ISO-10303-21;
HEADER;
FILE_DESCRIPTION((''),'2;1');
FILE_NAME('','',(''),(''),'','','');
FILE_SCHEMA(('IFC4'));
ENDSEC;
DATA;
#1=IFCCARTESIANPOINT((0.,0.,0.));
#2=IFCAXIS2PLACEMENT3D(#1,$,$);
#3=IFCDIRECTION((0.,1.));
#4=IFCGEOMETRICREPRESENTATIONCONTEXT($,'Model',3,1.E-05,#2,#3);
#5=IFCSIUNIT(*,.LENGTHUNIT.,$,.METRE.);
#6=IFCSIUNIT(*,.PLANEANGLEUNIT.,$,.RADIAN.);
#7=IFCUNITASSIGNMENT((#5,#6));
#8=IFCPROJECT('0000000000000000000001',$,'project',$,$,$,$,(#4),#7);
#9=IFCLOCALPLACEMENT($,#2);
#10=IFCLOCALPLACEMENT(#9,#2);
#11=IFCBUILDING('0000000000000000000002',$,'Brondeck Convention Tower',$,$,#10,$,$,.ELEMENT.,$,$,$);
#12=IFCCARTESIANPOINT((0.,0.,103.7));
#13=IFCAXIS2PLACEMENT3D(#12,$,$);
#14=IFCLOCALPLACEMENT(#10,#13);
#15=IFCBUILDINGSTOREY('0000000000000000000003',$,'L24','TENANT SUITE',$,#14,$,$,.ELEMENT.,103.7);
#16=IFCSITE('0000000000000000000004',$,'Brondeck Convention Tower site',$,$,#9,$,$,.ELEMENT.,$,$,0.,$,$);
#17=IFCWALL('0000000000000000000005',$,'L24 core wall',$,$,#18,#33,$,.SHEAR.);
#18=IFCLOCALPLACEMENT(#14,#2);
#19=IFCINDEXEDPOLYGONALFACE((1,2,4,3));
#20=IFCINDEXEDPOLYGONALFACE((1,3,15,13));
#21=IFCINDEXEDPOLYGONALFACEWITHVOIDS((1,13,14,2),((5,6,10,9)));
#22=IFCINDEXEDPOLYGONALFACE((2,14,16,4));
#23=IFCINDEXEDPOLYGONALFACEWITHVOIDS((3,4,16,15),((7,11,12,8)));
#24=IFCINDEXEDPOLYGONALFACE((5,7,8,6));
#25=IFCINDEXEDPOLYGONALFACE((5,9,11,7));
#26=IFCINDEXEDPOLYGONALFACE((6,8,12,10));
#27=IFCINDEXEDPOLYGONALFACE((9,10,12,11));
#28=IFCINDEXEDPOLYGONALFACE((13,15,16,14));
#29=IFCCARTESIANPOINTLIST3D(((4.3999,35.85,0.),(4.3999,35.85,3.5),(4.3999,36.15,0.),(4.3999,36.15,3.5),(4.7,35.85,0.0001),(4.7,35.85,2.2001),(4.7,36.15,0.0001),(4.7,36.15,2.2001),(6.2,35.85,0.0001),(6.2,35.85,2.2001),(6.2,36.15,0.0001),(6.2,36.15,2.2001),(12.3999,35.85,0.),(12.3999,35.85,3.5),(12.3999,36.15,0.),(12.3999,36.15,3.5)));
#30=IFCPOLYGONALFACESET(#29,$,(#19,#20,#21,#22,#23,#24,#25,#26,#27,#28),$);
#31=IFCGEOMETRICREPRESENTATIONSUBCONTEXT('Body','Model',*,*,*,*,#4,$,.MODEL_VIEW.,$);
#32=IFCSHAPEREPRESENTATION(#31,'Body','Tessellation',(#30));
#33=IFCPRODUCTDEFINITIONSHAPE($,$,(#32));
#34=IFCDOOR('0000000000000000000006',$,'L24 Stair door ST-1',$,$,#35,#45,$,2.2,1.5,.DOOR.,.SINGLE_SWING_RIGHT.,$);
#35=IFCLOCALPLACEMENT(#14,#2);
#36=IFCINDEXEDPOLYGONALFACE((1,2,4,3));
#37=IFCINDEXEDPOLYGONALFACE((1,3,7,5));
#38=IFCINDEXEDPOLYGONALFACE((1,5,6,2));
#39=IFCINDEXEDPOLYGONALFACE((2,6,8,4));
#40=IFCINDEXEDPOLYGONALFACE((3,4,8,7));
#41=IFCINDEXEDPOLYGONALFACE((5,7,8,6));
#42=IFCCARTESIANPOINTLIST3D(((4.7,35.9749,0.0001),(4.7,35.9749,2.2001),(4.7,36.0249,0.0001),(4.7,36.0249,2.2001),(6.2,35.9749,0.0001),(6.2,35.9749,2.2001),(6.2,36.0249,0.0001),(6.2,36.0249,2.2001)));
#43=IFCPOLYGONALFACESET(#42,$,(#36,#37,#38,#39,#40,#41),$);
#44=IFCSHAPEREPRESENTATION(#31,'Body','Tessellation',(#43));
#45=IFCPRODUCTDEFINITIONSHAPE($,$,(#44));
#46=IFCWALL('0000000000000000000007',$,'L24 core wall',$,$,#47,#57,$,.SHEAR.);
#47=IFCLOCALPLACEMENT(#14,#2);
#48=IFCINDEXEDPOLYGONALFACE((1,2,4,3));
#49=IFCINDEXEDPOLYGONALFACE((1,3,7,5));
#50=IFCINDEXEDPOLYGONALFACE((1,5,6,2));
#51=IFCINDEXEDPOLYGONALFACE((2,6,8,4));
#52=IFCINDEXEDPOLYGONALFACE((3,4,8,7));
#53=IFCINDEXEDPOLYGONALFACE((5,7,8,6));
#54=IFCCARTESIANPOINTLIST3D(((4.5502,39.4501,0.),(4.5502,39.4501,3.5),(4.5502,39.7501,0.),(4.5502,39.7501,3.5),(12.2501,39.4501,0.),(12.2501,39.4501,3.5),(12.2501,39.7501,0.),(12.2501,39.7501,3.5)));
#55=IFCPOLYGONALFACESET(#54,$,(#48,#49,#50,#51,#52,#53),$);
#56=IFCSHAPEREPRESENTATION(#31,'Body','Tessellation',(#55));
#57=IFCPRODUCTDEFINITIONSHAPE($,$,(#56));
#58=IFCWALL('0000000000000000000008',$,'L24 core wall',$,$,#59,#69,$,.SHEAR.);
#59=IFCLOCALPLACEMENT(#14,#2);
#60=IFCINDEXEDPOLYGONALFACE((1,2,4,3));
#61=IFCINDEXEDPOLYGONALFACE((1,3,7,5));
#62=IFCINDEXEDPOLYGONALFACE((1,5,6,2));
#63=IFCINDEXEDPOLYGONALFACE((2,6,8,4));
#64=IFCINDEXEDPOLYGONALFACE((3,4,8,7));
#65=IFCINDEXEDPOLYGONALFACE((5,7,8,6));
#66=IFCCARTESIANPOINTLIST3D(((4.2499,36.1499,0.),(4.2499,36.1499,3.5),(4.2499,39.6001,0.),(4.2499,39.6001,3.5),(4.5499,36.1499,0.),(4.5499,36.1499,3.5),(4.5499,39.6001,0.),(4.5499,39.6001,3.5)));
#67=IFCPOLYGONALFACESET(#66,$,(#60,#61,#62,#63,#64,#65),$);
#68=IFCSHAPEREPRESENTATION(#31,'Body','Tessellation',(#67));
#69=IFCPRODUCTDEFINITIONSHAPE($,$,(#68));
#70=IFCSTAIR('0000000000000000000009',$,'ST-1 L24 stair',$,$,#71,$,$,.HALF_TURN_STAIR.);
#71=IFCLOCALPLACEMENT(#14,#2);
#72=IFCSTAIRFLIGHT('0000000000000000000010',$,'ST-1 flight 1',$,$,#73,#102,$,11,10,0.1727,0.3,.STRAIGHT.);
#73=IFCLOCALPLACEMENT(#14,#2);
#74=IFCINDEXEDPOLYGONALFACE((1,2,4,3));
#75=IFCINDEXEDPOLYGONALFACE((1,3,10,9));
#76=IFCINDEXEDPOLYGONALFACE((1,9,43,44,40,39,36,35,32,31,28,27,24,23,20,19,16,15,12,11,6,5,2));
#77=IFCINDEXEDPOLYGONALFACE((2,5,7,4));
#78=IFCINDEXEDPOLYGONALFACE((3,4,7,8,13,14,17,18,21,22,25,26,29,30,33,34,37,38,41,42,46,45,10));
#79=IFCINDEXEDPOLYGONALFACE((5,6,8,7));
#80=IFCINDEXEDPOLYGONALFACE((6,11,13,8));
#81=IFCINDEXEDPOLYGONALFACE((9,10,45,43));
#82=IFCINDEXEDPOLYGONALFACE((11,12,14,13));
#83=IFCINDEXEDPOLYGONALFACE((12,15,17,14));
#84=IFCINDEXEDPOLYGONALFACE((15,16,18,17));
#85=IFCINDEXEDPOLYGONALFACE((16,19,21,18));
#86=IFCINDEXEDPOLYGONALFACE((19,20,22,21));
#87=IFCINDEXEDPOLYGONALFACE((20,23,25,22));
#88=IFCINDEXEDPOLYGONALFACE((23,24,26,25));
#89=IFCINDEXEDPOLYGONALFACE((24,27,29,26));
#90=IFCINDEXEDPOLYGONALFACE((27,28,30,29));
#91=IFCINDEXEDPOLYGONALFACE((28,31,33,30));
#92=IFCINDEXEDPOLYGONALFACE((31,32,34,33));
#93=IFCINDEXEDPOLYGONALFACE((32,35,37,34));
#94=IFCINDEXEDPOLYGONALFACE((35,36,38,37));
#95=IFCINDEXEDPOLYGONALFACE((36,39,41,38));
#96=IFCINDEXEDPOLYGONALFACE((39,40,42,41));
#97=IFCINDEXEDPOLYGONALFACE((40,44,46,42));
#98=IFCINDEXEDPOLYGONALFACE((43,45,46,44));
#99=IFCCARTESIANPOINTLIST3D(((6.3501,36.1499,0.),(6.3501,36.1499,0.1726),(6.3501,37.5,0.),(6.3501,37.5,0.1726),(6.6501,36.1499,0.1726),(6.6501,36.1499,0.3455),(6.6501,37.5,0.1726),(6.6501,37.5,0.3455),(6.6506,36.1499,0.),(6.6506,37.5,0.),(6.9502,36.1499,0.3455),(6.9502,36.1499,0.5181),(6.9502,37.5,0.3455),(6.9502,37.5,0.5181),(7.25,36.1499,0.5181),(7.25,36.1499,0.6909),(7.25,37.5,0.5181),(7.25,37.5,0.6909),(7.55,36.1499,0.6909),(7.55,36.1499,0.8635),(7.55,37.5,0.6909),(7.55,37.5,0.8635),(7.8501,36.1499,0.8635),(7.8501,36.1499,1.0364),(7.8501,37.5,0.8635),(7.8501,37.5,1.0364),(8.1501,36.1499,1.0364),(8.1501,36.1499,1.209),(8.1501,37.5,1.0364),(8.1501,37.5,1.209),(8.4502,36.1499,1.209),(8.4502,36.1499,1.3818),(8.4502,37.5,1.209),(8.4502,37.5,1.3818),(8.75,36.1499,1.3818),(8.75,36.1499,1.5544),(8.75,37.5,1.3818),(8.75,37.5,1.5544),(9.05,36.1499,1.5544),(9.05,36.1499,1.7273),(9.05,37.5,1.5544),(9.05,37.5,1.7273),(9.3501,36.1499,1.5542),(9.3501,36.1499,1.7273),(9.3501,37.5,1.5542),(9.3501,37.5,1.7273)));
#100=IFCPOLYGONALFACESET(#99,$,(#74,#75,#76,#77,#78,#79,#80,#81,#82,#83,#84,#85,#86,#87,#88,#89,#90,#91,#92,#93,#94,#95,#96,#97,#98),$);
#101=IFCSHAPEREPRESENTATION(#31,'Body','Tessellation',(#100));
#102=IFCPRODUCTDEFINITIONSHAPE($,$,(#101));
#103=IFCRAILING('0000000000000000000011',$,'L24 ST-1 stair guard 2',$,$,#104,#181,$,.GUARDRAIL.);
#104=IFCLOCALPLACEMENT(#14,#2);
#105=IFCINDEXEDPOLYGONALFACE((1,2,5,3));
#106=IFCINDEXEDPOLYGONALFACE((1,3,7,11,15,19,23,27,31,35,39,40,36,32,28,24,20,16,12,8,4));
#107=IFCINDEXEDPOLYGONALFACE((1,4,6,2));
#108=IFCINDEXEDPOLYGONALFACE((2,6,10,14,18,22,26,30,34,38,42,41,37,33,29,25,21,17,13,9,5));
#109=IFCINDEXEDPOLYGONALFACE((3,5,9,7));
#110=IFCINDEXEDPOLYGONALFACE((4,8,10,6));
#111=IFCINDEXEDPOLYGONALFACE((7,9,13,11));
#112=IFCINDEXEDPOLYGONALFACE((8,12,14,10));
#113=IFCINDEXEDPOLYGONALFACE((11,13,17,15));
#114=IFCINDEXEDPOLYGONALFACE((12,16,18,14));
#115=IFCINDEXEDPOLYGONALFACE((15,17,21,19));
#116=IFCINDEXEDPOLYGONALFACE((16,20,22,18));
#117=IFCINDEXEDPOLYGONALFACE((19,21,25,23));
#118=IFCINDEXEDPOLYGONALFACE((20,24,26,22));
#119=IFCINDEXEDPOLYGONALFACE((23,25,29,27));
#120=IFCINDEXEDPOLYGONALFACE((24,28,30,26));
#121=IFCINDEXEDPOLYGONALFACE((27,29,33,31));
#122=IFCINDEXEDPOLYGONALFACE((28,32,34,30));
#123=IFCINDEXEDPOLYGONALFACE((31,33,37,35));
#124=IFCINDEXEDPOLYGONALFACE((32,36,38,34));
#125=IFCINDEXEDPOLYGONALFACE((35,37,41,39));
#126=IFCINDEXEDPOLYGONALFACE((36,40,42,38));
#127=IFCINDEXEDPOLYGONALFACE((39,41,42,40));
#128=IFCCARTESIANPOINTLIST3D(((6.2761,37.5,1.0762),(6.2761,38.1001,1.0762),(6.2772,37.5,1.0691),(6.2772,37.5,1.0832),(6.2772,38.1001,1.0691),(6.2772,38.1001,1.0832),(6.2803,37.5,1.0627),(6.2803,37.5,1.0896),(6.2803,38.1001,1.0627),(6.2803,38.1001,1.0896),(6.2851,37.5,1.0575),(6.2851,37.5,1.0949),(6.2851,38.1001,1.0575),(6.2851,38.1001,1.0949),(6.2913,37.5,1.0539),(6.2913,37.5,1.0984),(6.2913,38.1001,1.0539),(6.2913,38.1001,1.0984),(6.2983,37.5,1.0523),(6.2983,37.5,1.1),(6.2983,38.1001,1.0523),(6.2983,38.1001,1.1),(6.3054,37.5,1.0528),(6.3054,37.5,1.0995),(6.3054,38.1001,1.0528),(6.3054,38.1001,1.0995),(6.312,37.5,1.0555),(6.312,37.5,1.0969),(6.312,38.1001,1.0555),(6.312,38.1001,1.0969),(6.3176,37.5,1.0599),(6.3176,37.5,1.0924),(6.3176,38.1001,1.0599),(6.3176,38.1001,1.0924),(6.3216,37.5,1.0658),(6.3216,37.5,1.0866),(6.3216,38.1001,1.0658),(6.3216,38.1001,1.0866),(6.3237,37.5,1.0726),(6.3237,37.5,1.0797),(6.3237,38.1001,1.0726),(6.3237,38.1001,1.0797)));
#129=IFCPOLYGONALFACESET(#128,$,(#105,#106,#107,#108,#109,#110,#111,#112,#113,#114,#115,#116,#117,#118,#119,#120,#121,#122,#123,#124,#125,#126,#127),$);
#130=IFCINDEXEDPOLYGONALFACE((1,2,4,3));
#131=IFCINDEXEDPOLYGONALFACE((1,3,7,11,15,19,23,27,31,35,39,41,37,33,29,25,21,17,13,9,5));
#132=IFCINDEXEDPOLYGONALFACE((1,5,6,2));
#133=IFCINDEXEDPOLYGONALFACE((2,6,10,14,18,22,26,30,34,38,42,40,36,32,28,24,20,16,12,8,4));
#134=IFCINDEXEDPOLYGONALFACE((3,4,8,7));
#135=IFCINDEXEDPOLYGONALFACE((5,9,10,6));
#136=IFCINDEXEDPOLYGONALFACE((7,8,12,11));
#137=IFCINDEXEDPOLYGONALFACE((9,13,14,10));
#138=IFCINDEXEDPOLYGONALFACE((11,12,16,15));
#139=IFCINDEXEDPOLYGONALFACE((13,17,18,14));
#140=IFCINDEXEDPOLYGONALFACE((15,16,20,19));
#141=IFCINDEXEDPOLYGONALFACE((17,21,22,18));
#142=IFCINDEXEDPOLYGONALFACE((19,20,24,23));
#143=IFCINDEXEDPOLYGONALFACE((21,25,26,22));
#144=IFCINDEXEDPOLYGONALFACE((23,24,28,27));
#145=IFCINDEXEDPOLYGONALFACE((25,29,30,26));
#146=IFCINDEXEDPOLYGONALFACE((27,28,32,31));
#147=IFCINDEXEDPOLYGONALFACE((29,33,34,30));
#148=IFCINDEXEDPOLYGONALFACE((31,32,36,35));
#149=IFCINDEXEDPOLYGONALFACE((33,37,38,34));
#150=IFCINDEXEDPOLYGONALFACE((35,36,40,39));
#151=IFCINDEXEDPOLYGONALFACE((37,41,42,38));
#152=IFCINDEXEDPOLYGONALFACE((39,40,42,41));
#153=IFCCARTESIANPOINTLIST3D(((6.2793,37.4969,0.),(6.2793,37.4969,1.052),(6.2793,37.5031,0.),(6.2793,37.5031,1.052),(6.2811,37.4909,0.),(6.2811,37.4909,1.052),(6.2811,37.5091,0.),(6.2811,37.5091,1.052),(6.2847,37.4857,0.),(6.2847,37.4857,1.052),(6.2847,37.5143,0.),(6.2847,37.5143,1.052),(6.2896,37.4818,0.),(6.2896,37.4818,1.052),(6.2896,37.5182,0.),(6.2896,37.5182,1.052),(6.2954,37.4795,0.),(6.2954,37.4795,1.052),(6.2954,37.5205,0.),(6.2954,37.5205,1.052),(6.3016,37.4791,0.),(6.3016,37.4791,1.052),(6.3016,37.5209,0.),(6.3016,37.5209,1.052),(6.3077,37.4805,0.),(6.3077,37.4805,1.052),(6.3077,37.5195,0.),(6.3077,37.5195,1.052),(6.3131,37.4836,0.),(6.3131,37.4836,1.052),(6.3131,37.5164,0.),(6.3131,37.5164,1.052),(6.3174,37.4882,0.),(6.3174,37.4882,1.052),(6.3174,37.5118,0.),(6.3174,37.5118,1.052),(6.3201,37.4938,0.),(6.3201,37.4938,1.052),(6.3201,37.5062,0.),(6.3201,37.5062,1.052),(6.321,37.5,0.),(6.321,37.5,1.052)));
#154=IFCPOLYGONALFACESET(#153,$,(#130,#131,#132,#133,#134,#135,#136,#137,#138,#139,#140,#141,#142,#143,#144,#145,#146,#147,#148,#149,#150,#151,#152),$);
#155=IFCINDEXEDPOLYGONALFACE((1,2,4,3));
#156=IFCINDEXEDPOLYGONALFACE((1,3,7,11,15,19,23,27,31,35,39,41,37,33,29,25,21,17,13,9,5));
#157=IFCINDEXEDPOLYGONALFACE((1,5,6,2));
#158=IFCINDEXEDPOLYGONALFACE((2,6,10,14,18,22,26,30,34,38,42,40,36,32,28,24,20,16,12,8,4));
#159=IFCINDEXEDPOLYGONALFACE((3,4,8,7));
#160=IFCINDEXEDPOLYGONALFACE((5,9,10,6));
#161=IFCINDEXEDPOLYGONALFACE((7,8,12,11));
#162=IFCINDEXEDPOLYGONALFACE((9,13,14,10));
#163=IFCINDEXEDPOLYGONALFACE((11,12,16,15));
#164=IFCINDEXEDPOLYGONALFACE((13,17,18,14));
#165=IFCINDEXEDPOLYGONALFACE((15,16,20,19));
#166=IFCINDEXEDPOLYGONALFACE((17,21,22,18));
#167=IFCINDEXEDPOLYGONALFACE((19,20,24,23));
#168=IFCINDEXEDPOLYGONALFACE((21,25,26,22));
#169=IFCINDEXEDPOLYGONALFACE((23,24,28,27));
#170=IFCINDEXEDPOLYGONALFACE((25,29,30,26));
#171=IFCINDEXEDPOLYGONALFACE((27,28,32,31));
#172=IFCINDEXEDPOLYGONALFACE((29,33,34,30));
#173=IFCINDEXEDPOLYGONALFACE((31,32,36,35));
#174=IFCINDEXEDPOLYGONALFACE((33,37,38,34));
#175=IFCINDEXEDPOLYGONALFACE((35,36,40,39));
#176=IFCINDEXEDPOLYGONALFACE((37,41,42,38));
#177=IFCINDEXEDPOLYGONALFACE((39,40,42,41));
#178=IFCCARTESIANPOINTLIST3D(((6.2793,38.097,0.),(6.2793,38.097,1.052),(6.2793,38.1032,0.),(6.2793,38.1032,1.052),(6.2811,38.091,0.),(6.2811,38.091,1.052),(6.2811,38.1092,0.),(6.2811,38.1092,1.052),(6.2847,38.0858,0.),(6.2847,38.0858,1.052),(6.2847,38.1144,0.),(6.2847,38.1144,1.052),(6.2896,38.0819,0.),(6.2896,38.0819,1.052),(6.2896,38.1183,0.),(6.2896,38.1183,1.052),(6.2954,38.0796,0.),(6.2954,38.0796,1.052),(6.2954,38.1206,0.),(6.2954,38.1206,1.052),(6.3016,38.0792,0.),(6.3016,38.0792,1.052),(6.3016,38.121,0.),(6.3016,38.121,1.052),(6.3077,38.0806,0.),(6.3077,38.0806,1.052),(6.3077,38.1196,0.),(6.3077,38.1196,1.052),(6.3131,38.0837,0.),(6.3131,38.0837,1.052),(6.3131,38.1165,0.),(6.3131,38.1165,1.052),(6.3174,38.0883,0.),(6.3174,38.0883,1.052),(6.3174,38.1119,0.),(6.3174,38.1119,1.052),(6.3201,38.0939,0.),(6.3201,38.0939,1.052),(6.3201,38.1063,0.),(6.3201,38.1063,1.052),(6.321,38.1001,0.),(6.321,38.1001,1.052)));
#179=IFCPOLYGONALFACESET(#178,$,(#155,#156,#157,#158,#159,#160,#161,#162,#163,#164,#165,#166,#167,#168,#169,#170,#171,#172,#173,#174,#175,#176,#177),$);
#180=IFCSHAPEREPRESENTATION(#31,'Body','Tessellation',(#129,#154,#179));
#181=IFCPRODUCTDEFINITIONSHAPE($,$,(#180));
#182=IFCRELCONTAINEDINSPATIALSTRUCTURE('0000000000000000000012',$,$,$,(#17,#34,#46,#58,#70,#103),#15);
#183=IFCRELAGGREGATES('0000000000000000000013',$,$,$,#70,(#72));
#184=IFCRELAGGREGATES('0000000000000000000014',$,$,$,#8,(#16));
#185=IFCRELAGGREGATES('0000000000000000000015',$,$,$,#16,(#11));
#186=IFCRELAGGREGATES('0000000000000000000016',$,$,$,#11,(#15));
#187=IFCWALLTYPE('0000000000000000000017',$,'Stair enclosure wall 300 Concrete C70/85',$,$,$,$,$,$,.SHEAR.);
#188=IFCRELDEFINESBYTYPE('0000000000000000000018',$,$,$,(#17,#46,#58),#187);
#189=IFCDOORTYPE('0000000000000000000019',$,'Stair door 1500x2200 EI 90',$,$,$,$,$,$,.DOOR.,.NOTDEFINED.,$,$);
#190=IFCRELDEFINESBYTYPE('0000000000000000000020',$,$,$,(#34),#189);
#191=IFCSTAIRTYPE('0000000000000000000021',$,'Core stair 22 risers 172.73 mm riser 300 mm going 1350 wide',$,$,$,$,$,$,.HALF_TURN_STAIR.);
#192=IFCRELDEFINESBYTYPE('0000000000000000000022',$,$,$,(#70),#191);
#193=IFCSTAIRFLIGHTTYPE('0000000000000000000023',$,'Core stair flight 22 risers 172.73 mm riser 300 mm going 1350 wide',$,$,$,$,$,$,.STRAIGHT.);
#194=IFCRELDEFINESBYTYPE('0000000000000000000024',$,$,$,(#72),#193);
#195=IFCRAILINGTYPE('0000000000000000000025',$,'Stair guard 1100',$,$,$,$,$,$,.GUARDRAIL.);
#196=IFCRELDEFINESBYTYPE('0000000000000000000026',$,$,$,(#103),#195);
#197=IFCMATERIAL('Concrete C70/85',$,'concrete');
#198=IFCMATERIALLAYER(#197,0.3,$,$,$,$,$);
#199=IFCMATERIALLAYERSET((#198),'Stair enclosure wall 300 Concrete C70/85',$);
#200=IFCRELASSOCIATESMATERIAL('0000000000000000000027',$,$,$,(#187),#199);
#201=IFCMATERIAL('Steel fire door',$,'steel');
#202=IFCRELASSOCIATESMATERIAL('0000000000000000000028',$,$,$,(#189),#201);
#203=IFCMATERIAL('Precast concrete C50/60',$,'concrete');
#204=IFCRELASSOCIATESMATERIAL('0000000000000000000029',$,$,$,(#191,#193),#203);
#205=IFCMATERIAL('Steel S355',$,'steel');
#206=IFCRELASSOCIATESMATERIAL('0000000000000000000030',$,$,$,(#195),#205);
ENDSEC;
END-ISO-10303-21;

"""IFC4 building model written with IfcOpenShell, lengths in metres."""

from ifc_helpers import new_model, si_unit, direction, frame, frame_2d, origin, origin_2d, place, context, subcontext, project, spatial, polyline, rectangle, circle, outline, extrude, material, layer, layer_set, type_object, element, fill, aggregate, save


model = new_model("IFC4")

# Units and contexts
model_context = context("Model", 3, precision=1e-05, world=origin(), true_north=direction((0.0, 1.0)))
body_context = subcontext(model_context, "Body", "Model", "MODEL_VIEW")
ifc_project = project(units=[si_unit("LENGTHUNIT", "METRE"), si_unit("PLANEANGLEUNIT", "RADIAN")], contexts=[model_context])

# Site, building, storey
site_placement = place(None, origin())
site = spatial("IfcSite", under=ifc_project, at=site_placement, Name="Brondeck Convention Tower site", CompositionType="ELEMENT", RefElevation=0.0)
building_placement = place(site_placement, origin())
building = spatial("IfcBuilding", under=site, at=building_placement, Name="Brondeck Convention Tower", CompositionType="ELEMENT")
storey_placement = place(building_placement, frame((0.0, 0.0, 103.7)))
storey = spatial("IfcBuildingStorey", under=building, at=storey_placement, Name="L24", Description="TENANT SUITE", CompositionType="ELEMENT", Elevation=103.7)

# Shared definitions
ifc_material_1 = material(Name="Concrete C70/85", Category="concrete")

# Shared definitions
ifc_material_2 = material(Name="Steel fire door", Category="steel")

# Wall, opening, door
ifc_layer_1 = layer(ifc_material_1, 0.3)
ifc_layer_set_1 = layer_set([ifc_layer_1], Name="Stair enclosure wall 300 Concrete C70/85")
wall_type_1 = type_object("IfcWallType", Name="Stair enclosure wall 300 Concrete C70/85", PredefinedType="SHEAR", material=ifc_layer_set_1)
wall_1_placement = place(storey_placement, frame((4.3999, 36.0, 0.0), z_axis=(0.0, 0.0, 1.0), x_axis=(1.0, 0.0, 0.0)))
wall_1 = element("IfcWall", 1, at=wall_1_placement, inside=storey, type_object=wall_type_1, Name="L24 core wall", PredefinedType="SHEAR", context=body_context, shape_type="SweptSolid", body=[
    extrude(rectangle(XDim=8.0, YDim=0.3, at=frame_2d((4.0, 0.0))), origin(), (0.0, 0.0, 1.0), 3.5),
])
opening_1_placement = place(wall_1_placement, frame((0.3, 0.0, 0.0)))
opening_1 = element("IfcOpeningElement", 2, at=opening_1_placement, cuts=wall_1, PredefinedType="OPENING", context=body_context, shape_type="SweptSolid", body=[
    extrude(rectangle(XDim=1.5, YDim=2.2, at=frame_2d((0.75, 1.1001))), frame((0.0, 0.1599, 0.0), z_axis=(0.0, -1.0, 0.0), x_axis=(1.0, 0.0, 0.0)), (0.0, 0.0, 1.0), 0.3201),
])
door_type_1 = type_object("IfcDoorType", Name="Stair door 1500x2200 EI 90", OperationType="NOTDEFINED", PredefinedType="DOOR", material=ifc_material_2)
door_1_placement = place(opening_1_placement, origin())
door_1 = element("IfcDoor", 3, at=door_1_placement, inside=storey, type_object=door_type_1, Name="L24 Stair door ST-1", OperationType="SINGLE_SWING_RIGHT", OverallHeight=2.2, OverallWidth=1.5, PredefinedType="DOOR", context=body_context, shape_type="SweptSolid", body=[
    extrude(rectangle(XDim=1.5, YDim=2.2, at=frame_2d((0.75, 1.1001))), frame((0.0, 0.0249, 0.0), z_axis=(0.0, -1.0, 0.0), x_axis=(1.0, 0.0, 0.0)), (0.0, 0.0, 1.0), 0.05),
])
fill(opening_1, door_1)

# Walls
wall_2_placement = place(storey_placement, frame((4.55, 39.6001, 0.0), z_axis=(0.0, 0.0, 1.0), x_axis=(1.0, 0.0, 0.0)))
element("IfcWall", 4, at=wall_2_placement, inside=storey, type_object=wall_type_1, Name="L24 core wall", PredefinedType="SHEAR", context=body_context, shape_type="SweptSolid", body=[
    extrude(rectangle(XDim=7.7, YDim=0.3, at=frame_2d((3.8501, 0.0))), origin(), (0.0, 0.0, 1.0), 3.5),
])
wall_3_placement = place(storey_placement, frame((4.3999, 36.1499, 0.0), z_axis=(0.0, 0.0, 1.0), x_axis=(0.0, 1.0, 0.0)))
element("IfcWall", 5, at=wall_3_placement, inside=storey, type_object=wall_type_1, Name="L24 core wall", PredefinedType="SHEAR", context=body_context, shape_type="SweptSolid", body=[
    extrude(rectangle(XDim=3.4502, YDim=0.3, at=frame_2d((1.7251, 0.0))), origin(), (0.0, 0.0, 1.0), 3.5),
])

# Stair, stair flight
ifc_material_3 = material(Name="Precast concrete C50/60", Category="concrete")
stair_type = type_object("IfcStairType", Name="Core stair 22 risers 172.73 mm riser 300 mm going 1350 wide", PredefinedType="HALF_TURN_STAIR", material=ifc_material_3)
stair_placement = place(storey_placement, origin())
stair = element("IfcStair", 6, at=stair_placement, inside=storey, type_object=stair_type, Name="ST-1 L24 stair", PredefinedType="HALF_TURN_STAIR")
stair_flight_type = type_object("IfcStairFlightType", Name="Core stair flight 22 risers 172.73 mm riser 300 mm going 1350 wide", PredefinedType="STRAIGHT", material=ifc_material_3)
stair_flight_placement = place(storey_placement, frame((6.3501, 36.825, 0.0), z_axis=(0.0, 0.0, 1.0), x_axis=(1.0, 0.0, 0.0)))
stair_flight = element("IfcStairFlight", 7, at=stair_flight_placement, type_object=stair_flight_type, Name="ST-1 flight 1", NumberOfRisers=11, NumberOfTreads=10, PredefinedType="STRAIGHT", RiserHeight=0.1727, TreadLength=0.3, context=body_context, shape_type="SweptSolid", body=[
    extrude(outline(polyline([(0.0, 0.0), (0.0, 0.1726), (0.3, 0.1726), (0.3, 0.3455), (0.6001, 0.3455), (0.6001, 0.5181), (0.8999, 0.5181), (0.8999, 0.6909), (1.2, 0.6909), (1.2, 0.8635), (1.5, 0.8635), (1.5, 1.0364), (1.8, 1.0364), (1.8, 1.209), (2.1001, 1.209), (2.1001, 1.3818), (2.3999, 1.3818), (2.3999, 1.5544), (2.7, 1.5544), (2.7, 1.7273), (3.0, 1.7273), (3.0, 1.8999), (3.0, 1.5542), (0.3005, 0.0), (0.0, 0.0)])), frame((0.0, 0.675, 0.0), z_axis=(0.0, -1.0, 0.0), x_axis=(1.0, 0.0, 0.0)), (0.0, 0.0, 1.0), 1.3501),
])
aggregate(stair, [stair_flight])

# Railing
ifc_material_4 = material(Name="Steel S355", Category="steel")
railing_type_1 = type_object("IfcRailingType", Name="Stair guard 1100", PredefinedType="GUARDRAIL", material=ifc_material_4)
railing_1_placement = place(storey_placement, frame((6.3, 37.5, 0.0)))
element("IfcRailing", 8, at=railing_1_placement, inside=storey, type_object=railing_type_1, Name="L24 ST-1 stair guard 2", PredefinedType="GUARDRAIL", context=body_context, shape_type="SweptSolid", body=[
    extrude(circle(Radius=0.0239, at=origin_2d()), frame((0.0, 0.0, 1.0762), z_axis=(0.0, 1.0, 0.0), x_axis=(-1.0, 0.0, 0.0)), (0.0, 0.0, 1.0), 0.6001),
    extrude(circle(Radius=0.021, at=origin_2d()), origin(), (0.0, 0.0, 1.0), 1.052),
    extrude(circle(Radius=0.021, at=origin_2d()), frame((0.0, 0.6001, 0.0)), (0.0, 0.0, 1.0), 1.052),
])

save(model, "model.ifc")
